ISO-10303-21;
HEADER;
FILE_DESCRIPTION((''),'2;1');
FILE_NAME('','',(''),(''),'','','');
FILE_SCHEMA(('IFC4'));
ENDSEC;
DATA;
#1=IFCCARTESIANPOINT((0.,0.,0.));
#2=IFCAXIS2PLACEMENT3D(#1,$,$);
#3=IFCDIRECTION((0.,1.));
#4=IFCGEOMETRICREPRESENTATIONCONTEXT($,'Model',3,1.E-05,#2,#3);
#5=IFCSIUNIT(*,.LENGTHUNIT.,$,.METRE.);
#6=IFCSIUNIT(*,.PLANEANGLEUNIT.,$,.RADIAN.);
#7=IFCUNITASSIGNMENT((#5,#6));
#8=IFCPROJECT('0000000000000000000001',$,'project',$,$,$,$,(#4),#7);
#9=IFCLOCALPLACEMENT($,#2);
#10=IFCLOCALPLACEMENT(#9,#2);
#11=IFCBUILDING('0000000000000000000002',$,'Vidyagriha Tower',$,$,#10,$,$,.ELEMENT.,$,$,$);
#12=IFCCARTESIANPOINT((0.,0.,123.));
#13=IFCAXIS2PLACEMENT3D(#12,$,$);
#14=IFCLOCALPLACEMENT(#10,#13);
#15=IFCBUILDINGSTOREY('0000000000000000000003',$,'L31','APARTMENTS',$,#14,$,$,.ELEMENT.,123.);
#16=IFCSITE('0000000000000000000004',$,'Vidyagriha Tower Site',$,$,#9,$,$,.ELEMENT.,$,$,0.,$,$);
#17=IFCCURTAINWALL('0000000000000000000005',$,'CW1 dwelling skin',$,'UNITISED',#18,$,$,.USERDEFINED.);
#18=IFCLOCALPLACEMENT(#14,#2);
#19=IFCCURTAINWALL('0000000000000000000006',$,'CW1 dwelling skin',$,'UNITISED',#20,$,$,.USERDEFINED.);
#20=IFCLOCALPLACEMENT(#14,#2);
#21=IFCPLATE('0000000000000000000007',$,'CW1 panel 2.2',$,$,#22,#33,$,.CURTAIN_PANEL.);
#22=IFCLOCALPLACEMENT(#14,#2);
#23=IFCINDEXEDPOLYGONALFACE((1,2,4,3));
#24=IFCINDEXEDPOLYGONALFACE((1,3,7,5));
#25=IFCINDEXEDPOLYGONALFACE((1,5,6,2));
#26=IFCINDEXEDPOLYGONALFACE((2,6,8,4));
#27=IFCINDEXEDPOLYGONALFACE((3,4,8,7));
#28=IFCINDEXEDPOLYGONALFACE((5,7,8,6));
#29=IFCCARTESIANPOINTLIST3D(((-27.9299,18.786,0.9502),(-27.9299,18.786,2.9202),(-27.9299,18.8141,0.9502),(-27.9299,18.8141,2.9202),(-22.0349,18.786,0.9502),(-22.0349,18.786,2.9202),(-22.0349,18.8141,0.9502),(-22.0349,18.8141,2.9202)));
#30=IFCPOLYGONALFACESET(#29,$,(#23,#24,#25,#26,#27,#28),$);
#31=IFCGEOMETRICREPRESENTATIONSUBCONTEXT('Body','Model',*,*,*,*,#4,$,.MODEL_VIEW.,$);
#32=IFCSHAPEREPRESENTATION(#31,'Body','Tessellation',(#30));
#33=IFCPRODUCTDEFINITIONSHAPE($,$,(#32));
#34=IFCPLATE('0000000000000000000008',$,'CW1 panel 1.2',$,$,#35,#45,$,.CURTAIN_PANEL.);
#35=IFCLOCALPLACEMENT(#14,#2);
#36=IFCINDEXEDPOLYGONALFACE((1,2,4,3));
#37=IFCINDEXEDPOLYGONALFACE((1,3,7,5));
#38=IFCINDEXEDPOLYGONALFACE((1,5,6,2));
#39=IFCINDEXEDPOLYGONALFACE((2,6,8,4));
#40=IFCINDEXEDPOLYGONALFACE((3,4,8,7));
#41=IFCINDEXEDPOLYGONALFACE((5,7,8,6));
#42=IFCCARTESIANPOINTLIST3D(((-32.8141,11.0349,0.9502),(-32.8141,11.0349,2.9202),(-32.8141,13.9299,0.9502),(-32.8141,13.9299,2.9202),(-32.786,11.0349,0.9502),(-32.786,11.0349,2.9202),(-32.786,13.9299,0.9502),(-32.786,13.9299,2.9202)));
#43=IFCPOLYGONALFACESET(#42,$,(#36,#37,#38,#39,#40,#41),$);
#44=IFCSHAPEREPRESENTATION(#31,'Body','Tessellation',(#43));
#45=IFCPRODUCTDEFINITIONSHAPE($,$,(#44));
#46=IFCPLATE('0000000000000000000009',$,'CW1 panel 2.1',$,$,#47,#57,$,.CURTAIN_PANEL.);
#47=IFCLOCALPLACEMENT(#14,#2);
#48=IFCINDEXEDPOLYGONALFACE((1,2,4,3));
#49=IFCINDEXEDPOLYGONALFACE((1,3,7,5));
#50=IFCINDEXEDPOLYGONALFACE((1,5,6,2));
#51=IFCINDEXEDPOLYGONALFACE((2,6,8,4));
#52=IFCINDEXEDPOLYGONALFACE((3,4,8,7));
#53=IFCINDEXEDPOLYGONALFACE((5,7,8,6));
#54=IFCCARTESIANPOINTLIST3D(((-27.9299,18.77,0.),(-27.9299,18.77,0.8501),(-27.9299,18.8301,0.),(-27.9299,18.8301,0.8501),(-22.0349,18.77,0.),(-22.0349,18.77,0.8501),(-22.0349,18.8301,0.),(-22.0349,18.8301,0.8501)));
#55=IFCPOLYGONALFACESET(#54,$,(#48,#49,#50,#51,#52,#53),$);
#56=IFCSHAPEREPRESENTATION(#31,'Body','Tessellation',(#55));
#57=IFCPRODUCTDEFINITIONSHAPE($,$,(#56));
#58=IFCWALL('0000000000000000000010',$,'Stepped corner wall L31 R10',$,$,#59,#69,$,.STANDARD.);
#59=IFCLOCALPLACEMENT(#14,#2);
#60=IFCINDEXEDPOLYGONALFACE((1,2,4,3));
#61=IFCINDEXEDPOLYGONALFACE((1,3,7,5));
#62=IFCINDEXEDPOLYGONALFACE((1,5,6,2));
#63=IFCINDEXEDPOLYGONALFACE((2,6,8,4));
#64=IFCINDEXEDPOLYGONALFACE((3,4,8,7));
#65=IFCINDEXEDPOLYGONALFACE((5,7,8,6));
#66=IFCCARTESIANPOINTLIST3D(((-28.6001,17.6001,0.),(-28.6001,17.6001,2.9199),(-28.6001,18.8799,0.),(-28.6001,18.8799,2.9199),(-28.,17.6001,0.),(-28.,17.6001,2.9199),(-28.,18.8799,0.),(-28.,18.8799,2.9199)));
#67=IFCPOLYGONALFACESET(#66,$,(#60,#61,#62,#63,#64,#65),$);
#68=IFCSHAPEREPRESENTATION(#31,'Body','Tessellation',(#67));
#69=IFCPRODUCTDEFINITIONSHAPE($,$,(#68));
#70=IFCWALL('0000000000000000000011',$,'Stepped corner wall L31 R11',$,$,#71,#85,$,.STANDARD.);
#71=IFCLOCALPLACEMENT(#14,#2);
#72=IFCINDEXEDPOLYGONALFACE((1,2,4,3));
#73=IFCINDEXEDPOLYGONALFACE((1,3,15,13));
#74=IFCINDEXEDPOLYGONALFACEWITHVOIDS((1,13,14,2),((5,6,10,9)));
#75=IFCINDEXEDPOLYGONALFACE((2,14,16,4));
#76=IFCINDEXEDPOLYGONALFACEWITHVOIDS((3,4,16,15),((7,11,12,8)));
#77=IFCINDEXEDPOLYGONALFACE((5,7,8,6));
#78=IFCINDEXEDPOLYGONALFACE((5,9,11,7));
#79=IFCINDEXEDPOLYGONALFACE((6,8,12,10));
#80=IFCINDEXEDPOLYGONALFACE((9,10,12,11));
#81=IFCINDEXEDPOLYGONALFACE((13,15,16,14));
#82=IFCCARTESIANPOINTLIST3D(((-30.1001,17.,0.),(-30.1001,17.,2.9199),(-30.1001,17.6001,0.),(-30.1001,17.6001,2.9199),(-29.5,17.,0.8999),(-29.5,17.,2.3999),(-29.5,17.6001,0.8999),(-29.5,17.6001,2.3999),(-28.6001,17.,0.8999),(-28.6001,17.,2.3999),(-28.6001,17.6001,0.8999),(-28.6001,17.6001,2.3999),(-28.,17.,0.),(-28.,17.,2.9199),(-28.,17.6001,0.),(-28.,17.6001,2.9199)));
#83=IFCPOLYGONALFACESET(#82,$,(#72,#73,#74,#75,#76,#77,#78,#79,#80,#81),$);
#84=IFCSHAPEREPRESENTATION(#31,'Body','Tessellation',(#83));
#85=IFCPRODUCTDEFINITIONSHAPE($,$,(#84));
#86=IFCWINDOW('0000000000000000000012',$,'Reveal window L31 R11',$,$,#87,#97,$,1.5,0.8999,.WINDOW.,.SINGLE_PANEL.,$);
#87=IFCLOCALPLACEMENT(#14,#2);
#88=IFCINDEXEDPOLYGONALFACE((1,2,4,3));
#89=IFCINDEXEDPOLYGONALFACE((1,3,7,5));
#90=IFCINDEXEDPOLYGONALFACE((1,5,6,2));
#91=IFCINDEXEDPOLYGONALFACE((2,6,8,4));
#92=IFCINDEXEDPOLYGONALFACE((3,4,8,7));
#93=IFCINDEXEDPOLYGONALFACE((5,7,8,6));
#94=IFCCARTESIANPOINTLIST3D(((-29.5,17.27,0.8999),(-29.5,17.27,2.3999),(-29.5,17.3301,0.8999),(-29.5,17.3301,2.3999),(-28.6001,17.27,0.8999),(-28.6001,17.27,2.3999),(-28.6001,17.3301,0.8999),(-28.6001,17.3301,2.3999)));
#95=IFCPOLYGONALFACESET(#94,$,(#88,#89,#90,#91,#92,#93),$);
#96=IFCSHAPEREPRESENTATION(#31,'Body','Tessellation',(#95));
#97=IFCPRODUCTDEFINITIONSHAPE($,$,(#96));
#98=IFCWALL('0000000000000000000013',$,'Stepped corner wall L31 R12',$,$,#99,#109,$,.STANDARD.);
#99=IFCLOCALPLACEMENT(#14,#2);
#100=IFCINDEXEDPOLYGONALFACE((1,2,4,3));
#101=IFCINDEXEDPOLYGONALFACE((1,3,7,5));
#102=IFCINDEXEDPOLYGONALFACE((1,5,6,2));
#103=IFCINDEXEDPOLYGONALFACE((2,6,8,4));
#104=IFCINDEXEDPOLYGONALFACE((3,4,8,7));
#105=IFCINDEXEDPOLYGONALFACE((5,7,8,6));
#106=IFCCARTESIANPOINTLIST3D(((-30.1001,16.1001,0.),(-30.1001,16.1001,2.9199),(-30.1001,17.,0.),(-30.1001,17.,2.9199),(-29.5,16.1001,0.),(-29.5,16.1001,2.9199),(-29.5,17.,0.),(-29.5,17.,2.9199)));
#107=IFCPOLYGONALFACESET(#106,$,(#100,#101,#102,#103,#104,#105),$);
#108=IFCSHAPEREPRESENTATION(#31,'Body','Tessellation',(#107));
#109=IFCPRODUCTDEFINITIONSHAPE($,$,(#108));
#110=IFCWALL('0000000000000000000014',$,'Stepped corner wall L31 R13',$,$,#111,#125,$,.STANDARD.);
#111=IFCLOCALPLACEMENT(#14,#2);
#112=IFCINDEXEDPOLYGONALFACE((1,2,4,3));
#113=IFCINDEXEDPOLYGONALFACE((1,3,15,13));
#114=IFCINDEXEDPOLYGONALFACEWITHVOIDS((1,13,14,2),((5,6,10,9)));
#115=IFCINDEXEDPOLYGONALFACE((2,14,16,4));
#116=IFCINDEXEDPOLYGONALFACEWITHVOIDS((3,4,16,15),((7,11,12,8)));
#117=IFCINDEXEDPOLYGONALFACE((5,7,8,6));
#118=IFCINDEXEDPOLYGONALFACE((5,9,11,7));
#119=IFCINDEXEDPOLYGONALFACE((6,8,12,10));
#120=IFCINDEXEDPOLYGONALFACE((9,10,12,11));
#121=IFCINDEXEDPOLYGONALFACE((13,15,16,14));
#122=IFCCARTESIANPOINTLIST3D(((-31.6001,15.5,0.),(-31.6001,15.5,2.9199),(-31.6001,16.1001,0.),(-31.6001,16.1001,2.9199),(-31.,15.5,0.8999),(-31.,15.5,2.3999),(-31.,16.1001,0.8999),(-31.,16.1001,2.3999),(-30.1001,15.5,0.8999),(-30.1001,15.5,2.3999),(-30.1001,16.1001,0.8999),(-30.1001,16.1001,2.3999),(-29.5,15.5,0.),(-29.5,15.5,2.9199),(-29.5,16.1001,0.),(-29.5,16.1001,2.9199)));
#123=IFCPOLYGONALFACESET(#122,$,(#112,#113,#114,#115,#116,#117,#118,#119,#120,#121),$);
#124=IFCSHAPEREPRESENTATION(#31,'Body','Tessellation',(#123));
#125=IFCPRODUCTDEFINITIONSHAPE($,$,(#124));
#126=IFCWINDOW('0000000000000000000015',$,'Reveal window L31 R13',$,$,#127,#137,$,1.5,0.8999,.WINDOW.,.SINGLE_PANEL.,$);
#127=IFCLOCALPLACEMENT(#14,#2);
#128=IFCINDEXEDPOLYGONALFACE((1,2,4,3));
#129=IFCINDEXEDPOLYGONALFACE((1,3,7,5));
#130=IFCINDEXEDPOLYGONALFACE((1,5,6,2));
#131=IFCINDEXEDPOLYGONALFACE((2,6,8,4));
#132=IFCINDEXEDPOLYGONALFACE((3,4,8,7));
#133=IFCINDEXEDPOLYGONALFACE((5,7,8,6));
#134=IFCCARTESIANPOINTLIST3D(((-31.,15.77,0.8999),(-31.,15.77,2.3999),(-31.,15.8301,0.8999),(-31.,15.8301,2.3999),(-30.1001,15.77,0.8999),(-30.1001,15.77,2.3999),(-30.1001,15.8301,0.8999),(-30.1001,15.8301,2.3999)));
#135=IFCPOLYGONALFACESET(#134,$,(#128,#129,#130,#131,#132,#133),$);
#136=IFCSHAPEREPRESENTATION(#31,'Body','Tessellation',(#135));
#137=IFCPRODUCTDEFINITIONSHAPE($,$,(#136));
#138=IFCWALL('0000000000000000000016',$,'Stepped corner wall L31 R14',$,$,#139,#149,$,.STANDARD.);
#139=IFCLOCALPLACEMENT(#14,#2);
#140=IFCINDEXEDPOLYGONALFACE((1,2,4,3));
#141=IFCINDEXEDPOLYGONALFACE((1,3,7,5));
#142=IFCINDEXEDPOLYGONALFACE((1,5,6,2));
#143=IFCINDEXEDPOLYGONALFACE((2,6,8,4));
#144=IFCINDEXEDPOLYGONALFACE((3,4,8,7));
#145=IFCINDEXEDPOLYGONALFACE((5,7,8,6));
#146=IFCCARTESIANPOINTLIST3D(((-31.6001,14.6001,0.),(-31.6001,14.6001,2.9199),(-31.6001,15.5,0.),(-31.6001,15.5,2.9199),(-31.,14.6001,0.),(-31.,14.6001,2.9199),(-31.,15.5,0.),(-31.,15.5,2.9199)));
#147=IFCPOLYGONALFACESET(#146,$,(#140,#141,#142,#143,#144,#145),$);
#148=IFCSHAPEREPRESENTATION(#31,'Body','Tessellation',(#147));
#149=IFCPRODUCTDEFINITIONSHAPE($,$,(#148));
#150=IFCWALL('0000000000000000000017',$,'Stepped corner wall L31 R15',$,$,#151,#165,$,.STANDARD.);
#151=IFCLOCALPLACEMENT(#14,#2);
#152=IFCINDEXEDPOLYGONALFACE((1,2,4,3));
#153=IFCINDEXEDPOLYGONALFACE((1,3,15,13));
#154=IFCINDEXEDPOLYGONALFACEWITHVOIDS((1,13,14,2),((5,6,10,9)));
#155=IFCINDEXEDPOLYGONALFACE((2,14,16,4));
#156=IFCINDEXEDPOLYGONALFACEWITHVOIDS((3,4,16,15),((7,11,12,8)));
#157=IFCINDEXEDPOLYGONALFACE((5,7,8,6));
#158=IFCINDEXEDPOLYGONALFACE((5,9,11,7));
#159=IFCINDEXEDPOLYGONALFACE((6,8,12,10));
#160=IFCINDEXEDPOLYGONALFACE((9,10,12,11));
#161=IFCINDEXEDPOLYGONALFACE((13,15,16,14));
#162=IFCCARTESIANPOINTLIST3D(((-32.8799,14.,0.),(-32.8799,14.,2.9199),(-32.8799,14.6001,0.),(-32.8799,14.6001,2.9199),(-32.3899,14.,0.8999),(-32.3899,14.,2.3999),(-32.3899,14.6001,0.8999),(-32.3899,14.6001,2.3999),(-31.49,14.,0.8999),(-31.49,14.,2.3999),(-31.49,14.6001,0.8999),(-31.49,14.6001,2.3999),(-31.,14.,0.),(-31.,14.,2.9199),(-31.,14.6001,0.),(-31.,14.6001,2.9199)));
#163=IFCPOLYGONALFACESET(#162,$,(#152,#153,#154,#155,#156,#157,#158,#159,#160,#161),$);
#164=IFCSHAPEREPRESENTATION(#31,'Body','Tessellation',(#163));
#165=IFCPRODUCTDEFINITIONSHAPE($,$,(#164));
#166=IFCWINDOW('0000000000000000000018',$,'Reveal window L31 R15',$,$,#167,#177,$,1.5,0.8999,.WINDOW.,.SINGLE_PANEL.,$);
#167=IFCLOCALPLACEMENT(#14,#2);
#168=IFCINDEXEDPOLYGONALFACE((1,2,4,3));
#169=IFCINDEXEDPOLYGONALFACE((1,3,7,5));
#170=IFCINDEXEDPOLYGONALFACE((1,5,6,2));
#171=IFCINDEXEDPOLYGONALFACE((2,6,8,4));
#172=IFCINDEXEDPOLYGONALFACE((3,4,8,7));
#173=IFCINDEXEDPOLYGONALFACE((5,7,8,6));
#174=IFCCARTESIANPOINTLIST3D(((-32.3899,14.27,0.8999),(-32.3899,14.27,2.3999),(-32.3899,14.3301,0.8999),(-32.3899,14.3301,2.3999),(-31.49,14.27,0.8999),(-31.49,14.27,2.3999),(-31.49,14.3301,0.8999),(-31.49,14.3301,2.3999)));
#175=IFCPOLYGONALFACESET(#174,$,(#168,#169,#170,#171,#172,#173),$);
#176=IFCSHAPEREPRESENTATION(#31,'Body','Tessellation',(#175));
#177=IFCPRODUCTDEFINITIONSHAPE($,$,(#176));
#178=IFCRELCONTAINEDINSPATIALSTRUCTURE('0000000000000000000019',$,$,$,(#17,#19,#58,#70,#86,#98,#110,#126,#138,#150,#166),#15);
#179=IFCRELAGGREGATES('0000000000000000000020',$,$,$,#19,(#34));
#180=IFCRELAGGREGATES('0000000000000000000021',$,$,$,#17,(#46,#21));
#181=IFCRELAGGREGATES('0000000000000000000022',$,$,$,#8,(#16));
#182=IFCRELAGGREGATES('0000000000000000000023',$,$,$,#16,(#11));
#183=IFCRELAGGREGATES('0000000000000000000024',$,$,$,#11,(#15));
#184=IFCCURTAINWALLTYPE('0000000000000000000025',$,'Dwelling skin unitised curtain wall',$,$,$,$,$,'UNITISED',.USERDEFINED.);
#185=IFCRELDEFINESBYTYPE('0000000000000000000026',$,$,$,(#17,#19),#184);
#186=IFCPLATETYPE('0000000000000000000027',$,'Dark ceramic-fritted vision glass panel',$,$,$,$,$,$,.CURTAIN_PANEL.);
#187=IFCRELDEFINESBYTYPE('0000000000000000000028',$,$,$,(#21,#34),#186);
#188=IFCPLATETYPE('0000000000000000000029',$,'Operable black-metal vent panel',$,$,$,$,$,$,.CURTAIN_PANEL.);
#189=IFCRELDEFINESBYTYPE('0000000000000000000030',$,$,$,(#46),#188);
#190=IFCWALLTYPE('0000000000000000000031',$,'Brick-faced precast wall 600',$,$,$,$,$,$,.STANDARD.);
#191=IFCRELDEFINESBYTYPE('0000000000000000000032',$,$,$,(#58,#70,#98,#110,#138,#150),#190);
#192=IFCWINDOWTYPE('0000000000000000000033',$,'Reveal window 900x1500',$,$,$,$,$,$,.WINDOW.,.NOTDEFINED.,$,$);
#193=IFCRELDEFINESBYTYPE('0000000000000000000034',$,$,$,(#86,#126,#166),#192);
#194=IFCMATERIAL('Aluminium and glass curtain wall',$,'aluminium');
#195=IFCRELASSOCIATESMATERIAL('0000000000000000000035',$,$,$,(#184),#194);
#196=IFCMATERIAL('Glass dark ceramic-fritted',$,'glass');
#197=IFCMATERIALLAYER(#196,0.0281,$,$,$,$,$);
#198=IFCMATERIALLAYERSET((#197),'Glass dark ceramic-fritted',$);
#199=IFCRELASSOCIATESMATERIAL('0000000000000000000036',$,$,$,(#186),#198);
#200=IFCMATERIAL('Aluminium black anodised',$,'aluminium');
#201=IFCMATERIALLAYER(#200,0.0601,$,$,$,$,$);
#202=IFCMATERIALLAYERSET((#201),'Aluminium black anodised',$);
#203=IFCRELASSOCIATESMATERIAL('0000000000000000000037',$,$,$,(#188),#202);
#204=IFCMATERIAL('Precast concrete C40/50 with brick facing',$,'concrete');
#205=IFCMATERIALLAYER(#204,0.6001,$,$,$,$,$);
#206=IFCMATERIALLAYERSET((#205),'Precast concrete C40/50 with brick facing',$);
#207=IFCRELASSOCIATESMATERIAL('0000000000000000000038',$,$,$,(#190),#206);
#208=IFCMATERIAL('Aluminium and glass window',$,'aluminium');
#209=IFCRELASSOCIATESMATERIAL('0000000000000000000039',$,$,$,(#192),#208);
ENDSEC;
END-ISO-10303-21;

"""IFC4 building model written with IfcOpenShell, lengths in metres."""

from ifc_helpers import new_model, si_unit, direction, frame, frame_2d, origin, origin_2d, place, context, subcontext, project, spatial, rectangle, extrude, material, layer, layer_set, type_object, element, fill, aggregate, save


model = new_model("IFC4")

# Units and contexts
model_context = context("Model", 3, precision=1e-05, world=origin(), true_north=direction((0.0, 1.0)))
body_context = subcontext(model_context, "Body", "Model", "MODEL_VIEW")
ifc_project = project(units=[si_unit("LENGTHUNIT", "METRE"), si_unit("PLANEANGLEUNIT", "RADIAN")], contexts=[model_context])

# Site, building, storey
site_placement = place(None, origin())
site = spatial("IfcSite", under=ifc_project, at=site_placement, Name="Vidyagriha Tower Site", CompositionType="ELEMENT", RefElevation=0.0)
building_placement = place(site_placement, origin())
building = spatial("IfcBuilding", under=site, at=building_placement, Name="Vidyagriha Tower", CompositionType="ELEMENT")
storey_placement = place(building_placement, frame((0.0, 0.0, 123.0)))
storey = spatial("IfcBuildingStorey", under=building, at=storey_placement, Name="L31", Description="APARTMENTS", CompositionType="ELEMENT", Elevation=123.0)

# Curtain wall
ifc_material_1 = material(Name="Aluminium and glass curtain wall", Category="aluminium")
curtain_wall_type = type_object("IfcCurtainWallType", Name="Dwelling skin unitised curtain wall", ElementType="UNITISED", PredefinedType="USERDEFINED", material=ifc_material_1)
curtain_wall_1_placement = place(storey_placement, origin())
curtain_wall_1 = element("IfcCurtainWall", 1, at=curtain_wall_1_placement, inside=storey, type_object=curtain_wall_type, Name="CW1 dwelling skin", ObjectType="UNITISED", PredefinedType="USERDEFINED")

# Curtain wall
curtain_wall_2_placement = place(storey_placement, origin())
curtain_wall_2 = element("IfcCurtainWall", 2, at=curtain_wall_2_placement, inside=storey, type_object=curtain_wall_type, Name="CW1 dwelling skin", ObjectType="UNITISED", PredefinedType="USERDEFINED")

# Plates
ifc_material_2 = material(Name="Glass dark ceramic-fritted", Category="glass")
ifc_layer_1 = layer(ifc_material_2, 0.0281)
ifc_layer_set_1 = layer_set([ifc_layer_1], Name="Glass dark ceramic-fritted")
plate_type_1 = type_object("IfcPlateType", Name="Dark ceramic-fritted vision glass panel", PredefinedType="CURTAIN_PANEL", material=ifc_layer_set_1)
plate_1_placement = place(storey_placement, frame((-24.9824, 18.8, 0.9502), z_axis=(0.0, 0.0, 1.0), x_axis=(-1.0, 0.0, 0.0)))
plate_1 = element("IfcPlate", 3, at=plate_1_placement, type_object=plate_type_1, Name="CW1 panel 2.2", PredefinedType="CURTAIN_PANEL", context=body_context, shape_type="SweptSolid", body=[
    extrude(rectangle(XDim=5.895, YDim=0.0281, at=origin_2d()), origin(), (0.0, 0.0, 1.0), 1.97),
])
plate_2_placement = place(storey_placement, frame((-32.8, 12.4824, 0.9502), z_axis=(0.0, 0.0, 1.0), x_axis=(0.0, -1.0, 0.0)))
plate_2 = element("IfcPlate", 4, at=plate_2_placement, type_object=plate_type_1, Name="CW1 panel 1.2", PredefinedType="CURTAIN_PANEL", context=body_context, shape_type="SweptSolid", body=[
    extrude(rectangle(XDim=2.895, YDim=0.0281, at=origin_2d()), origin(), (0.0, 0.0, 1.0), 1.97),
])
aggregate(curtain_wall_2, [plate_2])
ifc_material_3 = material(Name="Aluminium black anodised", Category="aluminium")
ifc_layer_2 = layer(ifc_material_3, 0.0601)
ifc_layer_set_2 = layer_set([ifc_layer_2], Name="Aluminium black anodised")
plate_type_2 = type_object("IfcPlateType", Name="Operable black-metal vent panel", PredefinedType="CURTAIN_PANEL", material=ifc_layer_set_2)
plate_3_placement = place(storey_placement, frame((-24.9824, 18.8, 0.0), z_axis=(0.0, 0.0, 1.0), x_axis=(-1.0, 0.0, 0.0)))
plate_3 = element("IfcPlate", 5, at=plate_3_placement, type_object=plate_type_2, Name="CW1 panel 2.1", PredefinedType="CURTAIN_PANEL", context=body_context, shape_type="SweptSolid", body=[
    extrude(rectangle(XDim=5.895, YDim=0.0601, at=origin_2d()), origin(), (0.0, 0.0, 1.0), 0.8501),
])
aggregate(curtain_wall_1, [plate_3, plate_1])

# Wall
ifc_material_4 = material(Name="Precast concrete C40/50 with brick facing", Category="concrete")
ifc_layer_3 = layer(ifc_material_4, 0.6001)
ifc_layer_set_3 = layer_set([ifc_layer_3], Name="Precast concrete C40/50 with brick facing")
wall_type_1 = type_object("IfcWallType", Name="Brick-faced precast wall 600", PredefinedType="STANDARD", material=ifc_layer_set_3)
wall_1_placement = place(storey_placement, frame((-28.3, 18.8799, 0.0), z_axis=(0.0, 0.0, 1.0), x_axis=(0.0, -1.0, 0.0)))
element("IfcWall", 6, at=wall_1_placement, inside=storey, type_object=wall_type_1, Name="Stepped corner wall L31 R10", PredefinedType="STANDARD", context=body_context, shape_type="SweptSolid", body=[
    extrude(rectangle(XDim=1.2798, YDim=0.6001, at=frame_2d((0.6399, 0.0))), origin(), (0.0, 0.0, 1.0), 2.9199),
])

# Wall, opening, window
wall_2_placement = place(storey_placement, frame((-28.0, 17.3, 0.0), z_axis=(0.0, 0.0, 1.0), x_axis=(-1.0, 0.0, 0.0)))
wall_2 = element("IfcWall", 7, at=wall_2_placement, inside=storey, type_object=wall_type_1, Name="Stepped corner wall L31 R11", PredefinedType="STANDARD", context=body_context, shape_type="SweptSolid", body=[
    extrude(rectangle(XDim=2.1001, YDim=0.6001, at=frame_2d((1.05, 0.0))), origin(), (0.0, 0.0, 1.0), 2.9199),
])
opening_1_placement = place(wall_2_placement, frame((0.6001, 0.0, 0.8999)))
opening_1 = element("IfcOpeningElement", 8, at=opening_1_placement, cuts=wall_2, PredefinedType="OPENING", context=body_context, shape_type="SweptSolid", body=[
    extrude(rectangle(XDim=0.8999, YDim=1.5, at=frame_2d((0.45, 0.75))), frame((0.0, 0.3101, 0.0), z_axis=(0.0, -1.0, 0.0), x_axis=(1.0, 0.0, 0.0)), (0.0, 0.0, 1.0), 0.6201),
])
ifc_material_5 = material(Name="Aluminium and glass window", Category="aluminium")
window_type = type_object("IfcWindowType", Name="Reveal window 900x1500", PartitioningType="NOTDEFINED", PredefinedType="WINDOW", material=ifc_material_5)
window_1_placement = place(opening_1_placement, origin())
window_1 = element("IfcWindow", 9, at=window_1_placement, inside=storey, type_object=window_type, Name="Reveal window L31 R11", OverallHeight=1.5, OverallWidth=0.8999, PartitioningType="SINGLE_PANEL", PredefinedType="WINDOW", context=body_context, shape_type="SweptSolid", body=[
    extrude(rectangle(XDim=0.8999, YDim=1.5, at=frame_2d((0.45, 0.75))), frame((0.0, 0.03, 0.0), z_axis=(0.0, -1.0, 0.0), x_axis=(1.0, 0.0, 0.0)), (0.0, 0.0, 1.0), 0.0601),
])
fill(opening_1, window_1)

# Wall
wall_3_placement = place(storey_placement, frame((-29.8, 17.0, 0.0), z_axis=(0.0, 0.0, 1.0), x_axis=(0.0, -1.0, 0.0)))
element("IfcWall", 10, at=wall_3_placement, inside=storey, type_object=wall_type_1, Name="Stepped corner wall L31 R12", PredefinedType="STANDARD", context=body_context, shape_type="SweptSolid", body=[
    extrude(rectangle(XDim=0.8999, YDim=0.6001, at=frame_2d((0.45, 0.0))), origin(), (0.0, 0.0, 1.0), 2.9199),
])

# Wall, opening, window
wall_4_placement = place(storey_placement, frame((-29.5, 15.8, 0.0), z_axis=(0.0, 0.0, 1.0), x_axis=(-1.0, 0.0, 0.0)))
wall_4 = element("IfcWall", 11, at=wall_4_placement, inside=storey, type_object=wall_type_1, Name="Stepped corner wall L31 R13", PredefinedType="STANDARD", context=body_context, shape_type="SweptSolid", body=[
    extrude(rectangle(XDim=2.1001, YDim=0.6001, at=frame_2d((1.05, 0.0))), origin(), (0.0, 0.0, 1.0), 2.9199),
])
opening_2_placement = place(wall_4_placement, frame((0.6001, 0.0, 0.8999)))
opening_2 = element("IfcOpeningElement", 12, at=opening_2_placement, cuts=wall_4, PredefinedType="OPENING", context=body_context, shape_type="SweptSolid", body=[
    extrude(rectangle(XDim=0.8999, YDim=1.5, at=frame_2d((0.45, 0.75))), frame((0.0, 0.3101, 0.0), z_axis=(0.0, -1.0, 0.0), x_axis=(1.0, 0.0, 0.0)), (0.0, 0.0, 1.0), 0.6201),
])
window_2_placement = place(opening_2_placement, origin())
window_2 = element("IfcWindow", 13, at=window_2_placement, inside=storey, type_object=window_type, Name="Reveal window L31 R13", OverallHeight=1.5, OverallWidth=0.8999, PartitioningType="SINGLE_PANEL", PredefinedType="WINDOW", context=body_context, shape_type="SweptSolid", body=[
    extrude(rectangle(XDim=0.8999, YDim=1.5, at=frame_2d((0.45, 0.75))), frame((0.0, 0.03, 0.0), z_axis=(0.0, -1.0, 0.0), x_axis=(1.0, 0.0, 0.0)), (0.0, 0.0, 1.0), 0.0601),
])
fill(opening_2, window_2)

# Wall
wall_5_placement = place(storey_placement, frame((-31.3, 15.5, 0.0), z_axis=(0.0, 0.0, 1.0), x_axis=(0.0, -1.0, 0.0)))
element("IfcWall", 14, at=wall_5_placement, inside=storey, type_object=wall_type_1, Name="Stepped corner wall L31 R14", PredefinedType="STANDARD", context=body_context, shape_type="SweptSolid", body=[
    extrude(rectangle(XDim=0.8999, YDim=0.6001, at=frame_2d((0.45, 0.0))), origin(), (0.0, 0.0, 1.0), 2.9199),
])

# Wall, opening, window
wall_6_placement = place(storey_placement, frame((-31.0, 14.3, 0.0), z_axis=(0.0, 0.0, 1.0), x_axis=(-1.0, 0.0, 0.0)))
wall_6 = element("IfcWall", 15, at=wall_6_placement, inside=storey, type_object=wall_type_1, Name="Stepped corner wall L31 R15", PredefinedType="STANDARD", context=body_context, shape_type="SweptSolid", body=[
    extrude(rectangle(XDim=1.8799, YDim=0.6001, at=frame_2d((0.9399, 0.0))), origin(), (0.0, 0.0, 1.0), 2.9199),
])
opening_3_placement = place(wall_6_placement, frame((0.49, 0.0, 0.8999)))
opening_3 = element("IfcOpeningElement", 16, at=opening_3_placement, cuts=wall_6, PredefinedType="OPENING", context=body_context, shape_type="SweptSolid", body=[
    extrude(rectangle(XDim=0.8999, YDim=1.5, at=frame_2d((0.45, 0.75))), frame((0.0, 0.3101, 0.0), z_axis=(0.0, -1.0, 0.0), x_axis=(1.0, 0.0, 0.0)), (0.0, 0.0, 1.0), 0.6201),
])
window_3_placement = place(opening_3_placement, origin())
window_3 = element("IfcWindow", 17, at=window_3_placement, inside=storey, type_object=window_type, Name="Reveal window L31 R15", OverallHeight=1.5, OverallWidth=0.8999, PartitioningType="SINGLE_PANEL", PredefinedType="WINDOW", context=body_context, shape_type="SweptSolid", body=[
    extrude(rectangle(XDim=0.8999, YDim=1.5, at=frame_2d((0.45, 0.75))), frame((0.0, 0.03, 0.0), z_axis=(0.0, -1.0, 0.0), x_axis=(1.0, 0.0, 0.0)), (0.0, 0.0, 1.0), 0.0601),
])
fill(opening_3, window_3)

save(model, "model.ifc")
